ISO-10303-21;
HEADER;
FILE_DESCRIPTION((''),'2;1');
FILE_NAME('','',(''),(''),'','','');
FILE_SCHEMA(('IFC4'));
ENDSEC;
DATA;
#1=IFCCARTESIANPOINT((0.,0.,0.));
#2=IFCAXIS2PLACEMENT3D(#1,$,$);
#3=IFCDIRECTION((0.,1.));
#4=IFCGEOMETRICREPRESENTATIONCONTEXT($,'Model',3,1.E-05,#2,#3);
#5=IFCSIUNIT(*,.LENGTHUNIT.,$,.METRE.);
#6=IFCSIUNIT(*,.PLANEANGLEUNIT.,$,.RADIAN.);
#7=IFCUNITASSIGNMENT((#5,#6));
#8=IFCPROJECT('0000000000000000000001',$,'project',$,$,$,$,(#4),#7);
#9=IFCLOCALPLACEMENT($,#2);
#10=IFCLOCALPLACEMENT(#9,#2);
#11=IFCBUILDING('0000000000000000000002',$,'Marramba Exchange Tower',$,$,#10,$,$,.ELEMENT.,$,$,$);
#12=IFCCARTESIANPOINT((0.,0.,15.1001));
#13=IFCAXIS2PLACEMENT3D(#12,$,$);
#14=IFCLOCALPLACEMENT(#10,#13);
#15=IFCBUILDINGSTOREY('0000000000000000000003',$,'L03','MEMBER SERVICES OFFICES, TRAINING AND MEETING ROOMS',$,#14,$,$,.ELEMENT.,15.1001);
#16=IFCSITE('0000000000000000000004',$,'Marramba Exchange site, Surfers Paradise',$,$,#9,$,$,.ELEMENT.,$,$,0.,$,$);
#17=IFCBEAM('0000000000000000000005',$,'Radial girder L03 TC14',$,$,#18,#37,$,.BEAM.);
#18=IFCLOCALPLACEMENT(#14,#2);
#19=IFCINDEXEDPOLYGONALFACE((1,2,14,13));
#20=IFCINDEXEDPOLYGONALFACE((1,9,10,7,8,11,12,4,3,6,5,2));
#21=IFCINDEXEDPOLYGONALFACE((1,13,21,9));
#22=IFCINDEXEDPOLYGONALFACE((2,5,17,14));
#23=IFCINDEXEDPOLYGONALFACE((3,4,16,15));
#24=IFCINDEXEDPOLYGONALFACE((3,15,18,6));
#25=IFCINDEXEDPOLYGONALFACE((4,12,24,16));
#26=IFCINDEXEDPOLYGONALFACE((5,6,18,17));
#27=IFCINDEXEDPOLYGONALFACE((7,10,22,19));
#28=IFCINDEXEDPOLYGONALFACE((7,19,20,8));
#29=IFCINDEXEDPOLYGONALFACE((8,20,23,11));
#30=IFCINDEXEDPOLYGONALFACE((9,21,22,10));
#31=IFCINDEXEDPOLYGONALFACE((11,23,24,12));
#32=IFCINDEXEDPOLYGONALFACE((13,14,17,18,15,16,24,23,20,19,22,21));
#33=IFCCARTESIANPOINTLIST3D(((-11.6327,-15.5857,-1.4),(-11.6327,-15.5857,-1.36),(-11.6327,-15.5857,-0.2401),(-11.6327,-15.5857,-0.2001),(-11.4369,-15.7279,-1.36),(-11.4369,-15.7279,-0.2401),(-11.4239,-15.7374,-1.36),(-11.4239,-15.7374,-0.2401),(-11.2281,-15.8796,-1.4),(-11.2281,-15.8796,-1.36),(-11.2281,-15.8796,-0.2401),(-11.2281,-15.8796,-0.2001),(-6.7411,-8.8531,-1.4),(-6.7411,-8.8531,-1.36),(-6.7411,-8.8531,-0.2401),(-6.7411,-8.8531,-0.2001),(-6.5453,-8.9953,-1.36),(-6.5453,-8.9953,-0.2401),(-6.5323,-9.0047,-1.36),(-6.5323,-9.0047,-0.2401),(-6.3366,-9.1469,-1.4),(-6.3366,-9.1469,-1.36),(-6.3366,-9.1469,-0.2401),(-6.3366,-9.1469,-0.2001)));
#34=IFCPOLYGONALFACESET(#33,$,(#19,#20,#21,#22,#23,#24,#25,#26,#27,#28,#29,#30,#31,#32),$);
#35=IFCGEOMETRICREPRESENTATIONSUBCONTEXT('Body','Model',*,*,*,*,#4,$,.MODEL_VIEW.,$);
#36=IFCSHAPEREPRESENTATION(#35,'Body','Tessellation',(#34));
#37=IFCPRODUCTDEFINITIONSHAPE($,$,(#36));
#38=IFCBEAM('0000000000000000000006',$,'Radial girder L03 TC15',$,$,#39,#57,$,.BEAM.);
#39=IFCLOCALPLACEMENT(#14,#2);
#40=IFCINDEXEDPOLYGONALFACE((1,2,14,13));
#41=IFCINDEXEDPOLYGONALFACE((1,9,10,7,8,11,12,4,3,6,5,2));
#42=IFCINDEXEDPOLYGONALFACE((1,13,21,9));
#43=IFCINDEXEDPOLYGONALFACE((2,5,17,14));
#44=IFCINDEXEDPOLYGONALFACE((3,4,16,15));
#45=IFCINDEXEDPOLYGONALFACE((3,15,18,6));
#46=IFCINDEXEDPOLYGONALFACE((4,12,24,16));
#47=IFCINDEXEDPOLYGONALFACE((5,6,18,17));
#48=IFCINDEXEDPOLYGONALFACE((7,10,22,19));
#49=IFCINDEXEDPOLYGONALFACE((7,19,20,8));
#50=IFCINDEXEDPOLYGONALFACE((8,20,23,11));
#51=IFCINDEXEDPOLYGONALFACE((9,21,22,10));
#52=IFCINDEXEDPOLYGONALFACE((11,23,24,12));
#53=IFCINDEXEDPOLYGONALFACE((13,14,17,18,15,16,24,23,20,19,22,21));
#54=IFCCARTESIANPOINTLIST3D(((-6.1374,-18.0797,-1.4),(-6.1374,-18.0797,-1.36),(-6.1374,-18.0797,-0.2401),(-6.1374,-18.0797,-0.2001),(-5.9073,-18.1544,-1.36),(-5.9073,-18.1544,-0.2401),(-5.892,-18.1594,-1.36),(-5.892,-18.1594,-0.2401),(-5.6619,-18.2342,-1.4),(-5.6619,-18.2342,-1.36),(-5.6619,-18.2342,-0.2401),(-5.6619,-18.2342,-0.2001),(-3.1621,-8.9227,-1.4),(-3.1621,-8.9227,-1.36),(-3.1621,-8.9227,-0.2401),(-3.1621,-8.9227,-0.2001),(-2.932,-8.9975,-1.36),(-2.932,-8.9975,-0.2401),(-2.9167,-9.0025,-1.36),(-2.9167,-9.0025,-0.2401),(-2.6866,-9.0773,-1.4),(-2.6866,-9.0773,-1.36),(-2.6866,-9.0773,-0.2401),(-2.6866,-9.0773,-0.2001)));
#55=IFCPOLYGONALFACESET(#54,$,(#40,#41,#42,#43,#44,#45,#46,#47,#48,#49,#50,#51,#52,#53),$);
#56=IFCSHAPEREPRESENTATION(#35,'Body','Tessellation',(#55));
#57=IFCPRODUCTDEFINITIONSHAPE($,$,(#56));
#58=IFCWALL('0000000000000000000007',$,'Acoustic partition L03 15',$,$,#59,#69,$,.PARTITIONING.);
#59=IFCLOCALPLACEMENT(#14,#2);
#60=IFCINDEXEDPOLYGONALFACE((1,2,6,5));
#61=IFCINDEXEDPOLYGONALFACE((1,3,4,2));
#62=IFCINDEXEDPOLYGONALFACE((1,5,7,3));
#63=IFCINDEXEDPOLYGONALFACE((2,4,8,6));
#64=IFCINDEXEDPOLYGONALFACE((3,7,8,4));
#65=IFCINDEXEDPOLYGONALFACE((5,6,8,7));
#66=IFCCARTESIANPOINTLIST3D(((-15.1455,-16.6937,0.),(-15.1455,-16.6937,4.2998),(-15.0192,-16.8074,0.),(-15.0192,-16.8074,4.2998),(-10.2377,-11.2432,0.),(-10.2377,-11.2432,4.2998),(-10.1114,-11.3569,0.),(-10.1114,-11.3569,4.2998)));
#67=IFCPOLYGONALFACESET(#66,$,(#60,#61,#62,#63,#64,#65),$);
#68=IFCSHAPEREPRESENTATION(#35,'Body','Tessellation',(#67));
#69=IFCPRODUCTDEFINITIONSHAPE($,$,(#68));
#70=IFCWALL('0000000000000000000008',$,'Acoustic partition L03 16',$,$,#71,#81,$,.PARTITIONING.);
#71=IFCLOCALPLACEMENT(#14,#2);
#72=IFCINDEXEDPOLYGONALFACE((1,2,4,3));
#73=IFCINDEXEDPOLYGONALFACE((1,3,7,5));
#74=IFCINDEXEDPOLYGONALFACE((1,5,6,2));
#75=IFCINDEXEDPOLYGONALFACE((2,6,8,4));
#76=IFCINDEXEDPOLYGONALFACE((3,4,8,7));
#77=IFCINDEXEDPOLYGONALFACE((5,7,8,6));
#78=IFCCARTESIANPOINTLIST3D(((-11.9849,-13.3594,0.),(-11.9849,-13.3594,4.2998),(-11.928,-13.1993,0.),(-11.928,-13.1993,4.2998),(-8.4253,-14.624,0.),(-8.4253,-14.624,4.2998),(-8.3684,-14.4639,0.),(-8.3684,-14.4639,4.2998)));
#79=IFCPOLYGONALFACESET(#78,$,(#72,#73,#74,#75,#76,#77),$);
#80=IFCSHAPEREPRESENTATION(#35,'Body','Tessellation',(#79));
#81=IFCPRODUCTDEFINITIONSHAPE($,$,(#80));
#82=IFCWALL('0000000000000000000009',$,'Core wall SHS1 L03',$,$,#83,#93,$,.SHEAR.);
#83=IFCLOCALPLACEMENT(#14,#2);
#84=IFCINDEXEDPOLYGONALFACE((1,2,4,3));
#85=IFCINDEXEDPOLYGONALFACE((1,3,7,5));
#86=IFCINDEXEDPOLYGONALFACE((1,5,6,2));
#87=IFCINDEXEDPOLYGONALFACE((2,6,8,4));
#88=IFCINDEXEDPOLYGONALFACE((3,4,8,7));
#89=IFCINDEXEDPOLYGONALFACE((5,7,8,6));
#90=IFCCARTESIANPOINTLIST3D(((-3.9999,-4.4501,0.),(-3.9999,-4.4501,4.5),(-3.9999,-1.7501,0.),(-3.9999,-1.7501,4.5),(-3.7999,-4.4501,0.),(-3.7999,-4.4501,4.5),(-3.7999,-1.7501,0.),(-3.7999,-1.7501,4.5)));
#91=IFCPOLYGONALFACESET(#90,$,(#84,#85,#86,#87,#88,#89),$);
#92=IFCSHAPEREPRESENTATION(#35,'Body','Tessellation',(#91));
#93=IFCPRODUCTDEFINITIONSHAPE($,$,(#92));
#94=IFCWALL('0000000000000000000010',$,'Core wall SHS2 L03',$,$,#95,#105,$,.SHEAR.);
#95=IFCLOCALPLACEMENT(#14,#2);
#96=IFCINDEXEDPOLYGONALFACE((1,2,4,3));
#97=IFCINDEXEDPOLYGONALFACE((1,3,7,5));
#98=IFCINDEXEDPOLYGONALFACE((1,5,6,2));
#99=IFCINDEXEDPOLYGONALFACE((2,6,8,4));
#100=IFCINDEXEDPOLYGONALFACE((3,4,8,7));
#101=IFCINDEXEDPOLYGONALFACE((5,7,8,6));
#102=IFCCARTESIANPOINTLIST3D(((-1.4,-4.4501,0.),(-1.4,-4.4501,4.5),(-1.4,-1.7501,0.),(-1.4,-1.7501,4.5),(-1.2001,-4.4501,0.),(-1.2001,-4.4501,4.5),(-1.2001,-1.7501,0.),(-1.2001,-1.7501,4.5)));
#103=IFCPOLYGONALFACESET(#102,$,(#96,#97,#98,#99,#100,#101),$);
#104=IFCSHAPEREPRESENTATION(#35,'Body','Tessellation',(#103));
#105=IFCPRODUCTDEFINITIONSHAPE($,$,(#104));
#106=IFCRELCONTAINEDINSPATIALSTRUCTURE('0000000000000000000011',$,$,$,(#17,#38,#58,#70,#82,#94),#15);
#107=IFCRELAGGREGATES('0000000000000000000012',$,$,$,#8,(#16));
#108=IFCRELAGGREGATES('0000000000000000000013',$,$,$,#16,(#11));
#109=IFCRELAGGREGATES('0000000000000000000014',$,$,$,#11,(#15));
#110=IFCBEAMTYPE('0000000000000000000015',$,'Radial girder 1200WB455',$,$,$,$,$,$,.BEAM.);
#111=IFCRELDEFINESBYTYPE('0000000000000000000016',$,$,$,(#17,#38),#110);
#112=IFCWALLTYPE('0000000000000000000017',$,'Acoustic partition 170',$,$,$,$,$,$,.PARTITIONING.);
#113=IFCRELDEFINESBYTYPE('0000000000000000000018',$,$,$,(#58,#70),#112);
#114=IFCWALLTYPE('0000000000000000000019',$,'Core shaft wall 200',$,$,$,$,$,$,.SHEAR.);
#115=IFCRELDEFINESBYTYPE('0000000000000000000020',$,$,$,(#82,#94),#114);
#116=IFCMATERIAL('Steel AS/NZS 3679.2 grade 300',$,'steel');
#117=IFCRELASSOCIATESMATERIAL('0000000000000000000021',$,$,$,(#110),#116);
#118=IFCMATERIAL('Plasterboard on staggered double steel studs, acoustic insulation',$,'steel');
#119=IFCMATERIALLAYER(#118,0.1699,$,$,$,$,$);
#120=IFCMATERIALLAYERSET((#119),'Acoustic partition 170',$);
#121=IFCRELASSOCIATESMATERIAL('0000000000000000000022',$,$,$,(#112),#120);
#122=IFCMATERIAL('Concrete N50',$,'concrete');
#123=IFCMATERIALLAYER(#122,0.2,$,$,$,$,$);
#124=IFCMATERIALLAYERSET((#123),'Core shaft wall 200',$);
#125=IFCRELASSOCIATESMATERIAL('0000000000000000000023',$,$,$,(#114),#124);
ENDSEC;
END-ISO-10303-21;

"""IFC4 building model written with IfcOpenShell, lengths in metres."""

from ifc_helpers import new_model, si_unit, direction, frame, frame_2d, origin, origin_2d, place, context, subcontext, project, spatial, rectangle, i_section, extrude, material, layer, layer_set, material_profile, profile_set, type_object, element, save


model = new_model("IFC4")

# Units and contexts
model_context = context("Model", 3, precision=1e-05, world=origin(), true_north=direction((0.0, 1.0)))
body_context = subcontext(model_context, "Body", "Model", "MODEL_VIEW")
ifc_project = project(units=[si_unit("LENGTHUNIT", "METRE"), si_unit("PLANEANGLEUNIT", "RADIAN")], contexts=[model_context])

# Site, building, storey
site_placement = place(None, origin())
site = spatial("IfcSite", under=ifc_project, at=site_placement, Name="Marramba Exchange site, Surfers Paradise", CompositionType="ELEMENT", RefElevation=0.0)
building_placement = place(site_placement, origin())
building = spatial("IfcBuilding", under=site, at=building_placement, Name="Marramba Exchange Tower", CompositionType="ELEMENT")
storey_placement = place(building_placement, frame((0.0, 0.0, 15.1001)))
storey = spatial("IfcBuildingStorey", under=building, at=storey_placement, Name="L03", Description="MEMBER SERVICES OFFICES, TRAINING AND MEETING ROOMS", CompositionType="ELEMENT", Elevation=15.1001)

# Beams
ifc_material_1 = material(Name="Steel AS/NZS 3679.2 grade 300", Category="steel")
ifc_material_profile_1 = material_profile(ifc_material_1, i_section(OverallWidth=0.5, OverallDepth=1.2, WebThickness=0.0161, FlangeThickness=0.04, at=origin_2d()), Name="1200WB455")
ifc_profile_set_1 = profile_set([ifc_material_profile_1], Name="Steel AS/NZS 3679.2 grade 300")
beam_type_1 = type_object("IfcBeamType", Name="Radial girder 1200WB455", PredefinedType="BEAM", material=ifc_profile_set_1)
beam_1_placement = place(storey_placement, frame((-6.5388, -9.0, -0.8), z_axis=(-0.587788, -0.809015, 0.0), x_axis=(0.809015, -0.587788, 0.0)))
element("IfcBeam", 1, at=beam_1_placement, inside=storey, type_object=beam_type_1, Name="Radial girder L03 TC14", PredefinedType="BEAM", context=body_context, shape_type="SweptSolid", body=[
    extrude(i_section(OverallWidth=0.5, OverallDepth=1.2, WebThickness=0.0161, FlangeThickness=0.04, at=origin_2d()), origin(), (0.0, 0.0, 1.0), 8.322),
])
beam_2_placement = place(storey_placement, frame((-2.9243, -9.0, -0.8), z_axis=(-0.309022, -0.951055, 0.0), x_axis=(0.951055, -0.309022, 0.0)))
element("IfcBeam", 2, at=beam_2_placement, inside=storey, type_object=beam_type_1, Name="Radial girder L03 TC15", PredefinedType="BEAM", context=body_context, shape_type="SweptSolid", body=[
    extrude(i_section(OverallWidth=0.5, OverallDepth=1.2, WebThickness=0.0161, FlangeThickness=0.04, at=origin_2d()), origin(), (0.0, 0.0, 1.0), 9.6282),
])

# Walls
ifc_material_2 = material(Name="Plasterboard on staggered double steel studs, acoustic insulation", Category="steel")
ifc_layer_1 = layer(ifc_material_2, 0.1699)
ifc_layer_set_1 = layer_set([ifc_layer_1], Name="Acoustic partition 170")
wall_type_1 = type_object("IfcWallType", Name="Acoustic partition 170", PredefinedType="PARTITIONING", material=ifc_layer_set_1)
wall_1_placement = place(storey_placement, frame((-10.1746, -11.3, 0.0), z_axis=(0.0, 0.0, 1.0), x_axis=(-0.669139, -0.743137, 0.0)))
element("IfcWall", 3, at=wall_1_placement, inside=storey, type_object=wall_type_1, Name="Acoustic partition L03 15", PredefinedType="PARTITIONING", context=body_context, shape_type="SweptSolid", body=[
    extrude(rectangle(XDim=7.3345, YDim=0.1699, at=frame_2d((3.6672, 0.0))), origin(), (0.0, 0.0, 1.0), 4.2998),
])
wall_2_placement = place(storey_placement, frame((-8.397, -14.5439, 0.0), z_axis=(0.0, 0.0, 1.0), x_axis=(-0.942296, 0.33478, 0.0)))
element("IfcWall", 4, at=wall_2_placement, inside=storey, type_object=wall_type_1, Name="Acoustic partition L03 16", PredefinedType="PARTITIONING", context=body_context, shape_type="SweptSolid", body=[
    extrude(rectangle(XDim=3.7776, YDim=0.1699, at=frame_2d((1.8887, 0.0))), origin(), (0.0, 0.0, 1.0), 4.2998),
])
ifc_material_3 = material(Name="Concrete N50", Category="concrete")
ifc_layer_2 = layer(ifc_material_3, 0.2)
ifc_layer_set_2 = layer_set([ifc_layer_2], Name="Core shaft wall 200")
wall_type_2 = type_object("IfcWallType", Name="Core shaft wall 200", PredefinedType="SHEAR", material=ifc_layer_set_2)
for number, where, z_axis, x_axis, name in (
    (5, (-3.8999, -1.75, 0.0), (0.0, 0.0, 1.0), (0.0, -1.0, 0.0), "Core wall SHS1 L03"),
    (6, (-1.3, -1.75, 0.0), (0.0, 0.0, 1.0), (0.0, -1.0, 0.0), "Core wall SHS2 L03"),
):
    element("IfcWall", number, at=place(storey_placement, frame(where, z_axis=z_axis, x_axis=x_axis)), inside=storey, type_object=wall_type_2, Name=name, PredefinedType="SHEAR", context=body_context, shape_type="SweptSolid", body=[
        extrude(rectangle(XDim=2.7, YDim=0.2, at=frame_2d((1.3501, 0.0))), origin(), (0.0, 0.0, 1.0), 4.5),
    ])

save(model, "model.ifc")
